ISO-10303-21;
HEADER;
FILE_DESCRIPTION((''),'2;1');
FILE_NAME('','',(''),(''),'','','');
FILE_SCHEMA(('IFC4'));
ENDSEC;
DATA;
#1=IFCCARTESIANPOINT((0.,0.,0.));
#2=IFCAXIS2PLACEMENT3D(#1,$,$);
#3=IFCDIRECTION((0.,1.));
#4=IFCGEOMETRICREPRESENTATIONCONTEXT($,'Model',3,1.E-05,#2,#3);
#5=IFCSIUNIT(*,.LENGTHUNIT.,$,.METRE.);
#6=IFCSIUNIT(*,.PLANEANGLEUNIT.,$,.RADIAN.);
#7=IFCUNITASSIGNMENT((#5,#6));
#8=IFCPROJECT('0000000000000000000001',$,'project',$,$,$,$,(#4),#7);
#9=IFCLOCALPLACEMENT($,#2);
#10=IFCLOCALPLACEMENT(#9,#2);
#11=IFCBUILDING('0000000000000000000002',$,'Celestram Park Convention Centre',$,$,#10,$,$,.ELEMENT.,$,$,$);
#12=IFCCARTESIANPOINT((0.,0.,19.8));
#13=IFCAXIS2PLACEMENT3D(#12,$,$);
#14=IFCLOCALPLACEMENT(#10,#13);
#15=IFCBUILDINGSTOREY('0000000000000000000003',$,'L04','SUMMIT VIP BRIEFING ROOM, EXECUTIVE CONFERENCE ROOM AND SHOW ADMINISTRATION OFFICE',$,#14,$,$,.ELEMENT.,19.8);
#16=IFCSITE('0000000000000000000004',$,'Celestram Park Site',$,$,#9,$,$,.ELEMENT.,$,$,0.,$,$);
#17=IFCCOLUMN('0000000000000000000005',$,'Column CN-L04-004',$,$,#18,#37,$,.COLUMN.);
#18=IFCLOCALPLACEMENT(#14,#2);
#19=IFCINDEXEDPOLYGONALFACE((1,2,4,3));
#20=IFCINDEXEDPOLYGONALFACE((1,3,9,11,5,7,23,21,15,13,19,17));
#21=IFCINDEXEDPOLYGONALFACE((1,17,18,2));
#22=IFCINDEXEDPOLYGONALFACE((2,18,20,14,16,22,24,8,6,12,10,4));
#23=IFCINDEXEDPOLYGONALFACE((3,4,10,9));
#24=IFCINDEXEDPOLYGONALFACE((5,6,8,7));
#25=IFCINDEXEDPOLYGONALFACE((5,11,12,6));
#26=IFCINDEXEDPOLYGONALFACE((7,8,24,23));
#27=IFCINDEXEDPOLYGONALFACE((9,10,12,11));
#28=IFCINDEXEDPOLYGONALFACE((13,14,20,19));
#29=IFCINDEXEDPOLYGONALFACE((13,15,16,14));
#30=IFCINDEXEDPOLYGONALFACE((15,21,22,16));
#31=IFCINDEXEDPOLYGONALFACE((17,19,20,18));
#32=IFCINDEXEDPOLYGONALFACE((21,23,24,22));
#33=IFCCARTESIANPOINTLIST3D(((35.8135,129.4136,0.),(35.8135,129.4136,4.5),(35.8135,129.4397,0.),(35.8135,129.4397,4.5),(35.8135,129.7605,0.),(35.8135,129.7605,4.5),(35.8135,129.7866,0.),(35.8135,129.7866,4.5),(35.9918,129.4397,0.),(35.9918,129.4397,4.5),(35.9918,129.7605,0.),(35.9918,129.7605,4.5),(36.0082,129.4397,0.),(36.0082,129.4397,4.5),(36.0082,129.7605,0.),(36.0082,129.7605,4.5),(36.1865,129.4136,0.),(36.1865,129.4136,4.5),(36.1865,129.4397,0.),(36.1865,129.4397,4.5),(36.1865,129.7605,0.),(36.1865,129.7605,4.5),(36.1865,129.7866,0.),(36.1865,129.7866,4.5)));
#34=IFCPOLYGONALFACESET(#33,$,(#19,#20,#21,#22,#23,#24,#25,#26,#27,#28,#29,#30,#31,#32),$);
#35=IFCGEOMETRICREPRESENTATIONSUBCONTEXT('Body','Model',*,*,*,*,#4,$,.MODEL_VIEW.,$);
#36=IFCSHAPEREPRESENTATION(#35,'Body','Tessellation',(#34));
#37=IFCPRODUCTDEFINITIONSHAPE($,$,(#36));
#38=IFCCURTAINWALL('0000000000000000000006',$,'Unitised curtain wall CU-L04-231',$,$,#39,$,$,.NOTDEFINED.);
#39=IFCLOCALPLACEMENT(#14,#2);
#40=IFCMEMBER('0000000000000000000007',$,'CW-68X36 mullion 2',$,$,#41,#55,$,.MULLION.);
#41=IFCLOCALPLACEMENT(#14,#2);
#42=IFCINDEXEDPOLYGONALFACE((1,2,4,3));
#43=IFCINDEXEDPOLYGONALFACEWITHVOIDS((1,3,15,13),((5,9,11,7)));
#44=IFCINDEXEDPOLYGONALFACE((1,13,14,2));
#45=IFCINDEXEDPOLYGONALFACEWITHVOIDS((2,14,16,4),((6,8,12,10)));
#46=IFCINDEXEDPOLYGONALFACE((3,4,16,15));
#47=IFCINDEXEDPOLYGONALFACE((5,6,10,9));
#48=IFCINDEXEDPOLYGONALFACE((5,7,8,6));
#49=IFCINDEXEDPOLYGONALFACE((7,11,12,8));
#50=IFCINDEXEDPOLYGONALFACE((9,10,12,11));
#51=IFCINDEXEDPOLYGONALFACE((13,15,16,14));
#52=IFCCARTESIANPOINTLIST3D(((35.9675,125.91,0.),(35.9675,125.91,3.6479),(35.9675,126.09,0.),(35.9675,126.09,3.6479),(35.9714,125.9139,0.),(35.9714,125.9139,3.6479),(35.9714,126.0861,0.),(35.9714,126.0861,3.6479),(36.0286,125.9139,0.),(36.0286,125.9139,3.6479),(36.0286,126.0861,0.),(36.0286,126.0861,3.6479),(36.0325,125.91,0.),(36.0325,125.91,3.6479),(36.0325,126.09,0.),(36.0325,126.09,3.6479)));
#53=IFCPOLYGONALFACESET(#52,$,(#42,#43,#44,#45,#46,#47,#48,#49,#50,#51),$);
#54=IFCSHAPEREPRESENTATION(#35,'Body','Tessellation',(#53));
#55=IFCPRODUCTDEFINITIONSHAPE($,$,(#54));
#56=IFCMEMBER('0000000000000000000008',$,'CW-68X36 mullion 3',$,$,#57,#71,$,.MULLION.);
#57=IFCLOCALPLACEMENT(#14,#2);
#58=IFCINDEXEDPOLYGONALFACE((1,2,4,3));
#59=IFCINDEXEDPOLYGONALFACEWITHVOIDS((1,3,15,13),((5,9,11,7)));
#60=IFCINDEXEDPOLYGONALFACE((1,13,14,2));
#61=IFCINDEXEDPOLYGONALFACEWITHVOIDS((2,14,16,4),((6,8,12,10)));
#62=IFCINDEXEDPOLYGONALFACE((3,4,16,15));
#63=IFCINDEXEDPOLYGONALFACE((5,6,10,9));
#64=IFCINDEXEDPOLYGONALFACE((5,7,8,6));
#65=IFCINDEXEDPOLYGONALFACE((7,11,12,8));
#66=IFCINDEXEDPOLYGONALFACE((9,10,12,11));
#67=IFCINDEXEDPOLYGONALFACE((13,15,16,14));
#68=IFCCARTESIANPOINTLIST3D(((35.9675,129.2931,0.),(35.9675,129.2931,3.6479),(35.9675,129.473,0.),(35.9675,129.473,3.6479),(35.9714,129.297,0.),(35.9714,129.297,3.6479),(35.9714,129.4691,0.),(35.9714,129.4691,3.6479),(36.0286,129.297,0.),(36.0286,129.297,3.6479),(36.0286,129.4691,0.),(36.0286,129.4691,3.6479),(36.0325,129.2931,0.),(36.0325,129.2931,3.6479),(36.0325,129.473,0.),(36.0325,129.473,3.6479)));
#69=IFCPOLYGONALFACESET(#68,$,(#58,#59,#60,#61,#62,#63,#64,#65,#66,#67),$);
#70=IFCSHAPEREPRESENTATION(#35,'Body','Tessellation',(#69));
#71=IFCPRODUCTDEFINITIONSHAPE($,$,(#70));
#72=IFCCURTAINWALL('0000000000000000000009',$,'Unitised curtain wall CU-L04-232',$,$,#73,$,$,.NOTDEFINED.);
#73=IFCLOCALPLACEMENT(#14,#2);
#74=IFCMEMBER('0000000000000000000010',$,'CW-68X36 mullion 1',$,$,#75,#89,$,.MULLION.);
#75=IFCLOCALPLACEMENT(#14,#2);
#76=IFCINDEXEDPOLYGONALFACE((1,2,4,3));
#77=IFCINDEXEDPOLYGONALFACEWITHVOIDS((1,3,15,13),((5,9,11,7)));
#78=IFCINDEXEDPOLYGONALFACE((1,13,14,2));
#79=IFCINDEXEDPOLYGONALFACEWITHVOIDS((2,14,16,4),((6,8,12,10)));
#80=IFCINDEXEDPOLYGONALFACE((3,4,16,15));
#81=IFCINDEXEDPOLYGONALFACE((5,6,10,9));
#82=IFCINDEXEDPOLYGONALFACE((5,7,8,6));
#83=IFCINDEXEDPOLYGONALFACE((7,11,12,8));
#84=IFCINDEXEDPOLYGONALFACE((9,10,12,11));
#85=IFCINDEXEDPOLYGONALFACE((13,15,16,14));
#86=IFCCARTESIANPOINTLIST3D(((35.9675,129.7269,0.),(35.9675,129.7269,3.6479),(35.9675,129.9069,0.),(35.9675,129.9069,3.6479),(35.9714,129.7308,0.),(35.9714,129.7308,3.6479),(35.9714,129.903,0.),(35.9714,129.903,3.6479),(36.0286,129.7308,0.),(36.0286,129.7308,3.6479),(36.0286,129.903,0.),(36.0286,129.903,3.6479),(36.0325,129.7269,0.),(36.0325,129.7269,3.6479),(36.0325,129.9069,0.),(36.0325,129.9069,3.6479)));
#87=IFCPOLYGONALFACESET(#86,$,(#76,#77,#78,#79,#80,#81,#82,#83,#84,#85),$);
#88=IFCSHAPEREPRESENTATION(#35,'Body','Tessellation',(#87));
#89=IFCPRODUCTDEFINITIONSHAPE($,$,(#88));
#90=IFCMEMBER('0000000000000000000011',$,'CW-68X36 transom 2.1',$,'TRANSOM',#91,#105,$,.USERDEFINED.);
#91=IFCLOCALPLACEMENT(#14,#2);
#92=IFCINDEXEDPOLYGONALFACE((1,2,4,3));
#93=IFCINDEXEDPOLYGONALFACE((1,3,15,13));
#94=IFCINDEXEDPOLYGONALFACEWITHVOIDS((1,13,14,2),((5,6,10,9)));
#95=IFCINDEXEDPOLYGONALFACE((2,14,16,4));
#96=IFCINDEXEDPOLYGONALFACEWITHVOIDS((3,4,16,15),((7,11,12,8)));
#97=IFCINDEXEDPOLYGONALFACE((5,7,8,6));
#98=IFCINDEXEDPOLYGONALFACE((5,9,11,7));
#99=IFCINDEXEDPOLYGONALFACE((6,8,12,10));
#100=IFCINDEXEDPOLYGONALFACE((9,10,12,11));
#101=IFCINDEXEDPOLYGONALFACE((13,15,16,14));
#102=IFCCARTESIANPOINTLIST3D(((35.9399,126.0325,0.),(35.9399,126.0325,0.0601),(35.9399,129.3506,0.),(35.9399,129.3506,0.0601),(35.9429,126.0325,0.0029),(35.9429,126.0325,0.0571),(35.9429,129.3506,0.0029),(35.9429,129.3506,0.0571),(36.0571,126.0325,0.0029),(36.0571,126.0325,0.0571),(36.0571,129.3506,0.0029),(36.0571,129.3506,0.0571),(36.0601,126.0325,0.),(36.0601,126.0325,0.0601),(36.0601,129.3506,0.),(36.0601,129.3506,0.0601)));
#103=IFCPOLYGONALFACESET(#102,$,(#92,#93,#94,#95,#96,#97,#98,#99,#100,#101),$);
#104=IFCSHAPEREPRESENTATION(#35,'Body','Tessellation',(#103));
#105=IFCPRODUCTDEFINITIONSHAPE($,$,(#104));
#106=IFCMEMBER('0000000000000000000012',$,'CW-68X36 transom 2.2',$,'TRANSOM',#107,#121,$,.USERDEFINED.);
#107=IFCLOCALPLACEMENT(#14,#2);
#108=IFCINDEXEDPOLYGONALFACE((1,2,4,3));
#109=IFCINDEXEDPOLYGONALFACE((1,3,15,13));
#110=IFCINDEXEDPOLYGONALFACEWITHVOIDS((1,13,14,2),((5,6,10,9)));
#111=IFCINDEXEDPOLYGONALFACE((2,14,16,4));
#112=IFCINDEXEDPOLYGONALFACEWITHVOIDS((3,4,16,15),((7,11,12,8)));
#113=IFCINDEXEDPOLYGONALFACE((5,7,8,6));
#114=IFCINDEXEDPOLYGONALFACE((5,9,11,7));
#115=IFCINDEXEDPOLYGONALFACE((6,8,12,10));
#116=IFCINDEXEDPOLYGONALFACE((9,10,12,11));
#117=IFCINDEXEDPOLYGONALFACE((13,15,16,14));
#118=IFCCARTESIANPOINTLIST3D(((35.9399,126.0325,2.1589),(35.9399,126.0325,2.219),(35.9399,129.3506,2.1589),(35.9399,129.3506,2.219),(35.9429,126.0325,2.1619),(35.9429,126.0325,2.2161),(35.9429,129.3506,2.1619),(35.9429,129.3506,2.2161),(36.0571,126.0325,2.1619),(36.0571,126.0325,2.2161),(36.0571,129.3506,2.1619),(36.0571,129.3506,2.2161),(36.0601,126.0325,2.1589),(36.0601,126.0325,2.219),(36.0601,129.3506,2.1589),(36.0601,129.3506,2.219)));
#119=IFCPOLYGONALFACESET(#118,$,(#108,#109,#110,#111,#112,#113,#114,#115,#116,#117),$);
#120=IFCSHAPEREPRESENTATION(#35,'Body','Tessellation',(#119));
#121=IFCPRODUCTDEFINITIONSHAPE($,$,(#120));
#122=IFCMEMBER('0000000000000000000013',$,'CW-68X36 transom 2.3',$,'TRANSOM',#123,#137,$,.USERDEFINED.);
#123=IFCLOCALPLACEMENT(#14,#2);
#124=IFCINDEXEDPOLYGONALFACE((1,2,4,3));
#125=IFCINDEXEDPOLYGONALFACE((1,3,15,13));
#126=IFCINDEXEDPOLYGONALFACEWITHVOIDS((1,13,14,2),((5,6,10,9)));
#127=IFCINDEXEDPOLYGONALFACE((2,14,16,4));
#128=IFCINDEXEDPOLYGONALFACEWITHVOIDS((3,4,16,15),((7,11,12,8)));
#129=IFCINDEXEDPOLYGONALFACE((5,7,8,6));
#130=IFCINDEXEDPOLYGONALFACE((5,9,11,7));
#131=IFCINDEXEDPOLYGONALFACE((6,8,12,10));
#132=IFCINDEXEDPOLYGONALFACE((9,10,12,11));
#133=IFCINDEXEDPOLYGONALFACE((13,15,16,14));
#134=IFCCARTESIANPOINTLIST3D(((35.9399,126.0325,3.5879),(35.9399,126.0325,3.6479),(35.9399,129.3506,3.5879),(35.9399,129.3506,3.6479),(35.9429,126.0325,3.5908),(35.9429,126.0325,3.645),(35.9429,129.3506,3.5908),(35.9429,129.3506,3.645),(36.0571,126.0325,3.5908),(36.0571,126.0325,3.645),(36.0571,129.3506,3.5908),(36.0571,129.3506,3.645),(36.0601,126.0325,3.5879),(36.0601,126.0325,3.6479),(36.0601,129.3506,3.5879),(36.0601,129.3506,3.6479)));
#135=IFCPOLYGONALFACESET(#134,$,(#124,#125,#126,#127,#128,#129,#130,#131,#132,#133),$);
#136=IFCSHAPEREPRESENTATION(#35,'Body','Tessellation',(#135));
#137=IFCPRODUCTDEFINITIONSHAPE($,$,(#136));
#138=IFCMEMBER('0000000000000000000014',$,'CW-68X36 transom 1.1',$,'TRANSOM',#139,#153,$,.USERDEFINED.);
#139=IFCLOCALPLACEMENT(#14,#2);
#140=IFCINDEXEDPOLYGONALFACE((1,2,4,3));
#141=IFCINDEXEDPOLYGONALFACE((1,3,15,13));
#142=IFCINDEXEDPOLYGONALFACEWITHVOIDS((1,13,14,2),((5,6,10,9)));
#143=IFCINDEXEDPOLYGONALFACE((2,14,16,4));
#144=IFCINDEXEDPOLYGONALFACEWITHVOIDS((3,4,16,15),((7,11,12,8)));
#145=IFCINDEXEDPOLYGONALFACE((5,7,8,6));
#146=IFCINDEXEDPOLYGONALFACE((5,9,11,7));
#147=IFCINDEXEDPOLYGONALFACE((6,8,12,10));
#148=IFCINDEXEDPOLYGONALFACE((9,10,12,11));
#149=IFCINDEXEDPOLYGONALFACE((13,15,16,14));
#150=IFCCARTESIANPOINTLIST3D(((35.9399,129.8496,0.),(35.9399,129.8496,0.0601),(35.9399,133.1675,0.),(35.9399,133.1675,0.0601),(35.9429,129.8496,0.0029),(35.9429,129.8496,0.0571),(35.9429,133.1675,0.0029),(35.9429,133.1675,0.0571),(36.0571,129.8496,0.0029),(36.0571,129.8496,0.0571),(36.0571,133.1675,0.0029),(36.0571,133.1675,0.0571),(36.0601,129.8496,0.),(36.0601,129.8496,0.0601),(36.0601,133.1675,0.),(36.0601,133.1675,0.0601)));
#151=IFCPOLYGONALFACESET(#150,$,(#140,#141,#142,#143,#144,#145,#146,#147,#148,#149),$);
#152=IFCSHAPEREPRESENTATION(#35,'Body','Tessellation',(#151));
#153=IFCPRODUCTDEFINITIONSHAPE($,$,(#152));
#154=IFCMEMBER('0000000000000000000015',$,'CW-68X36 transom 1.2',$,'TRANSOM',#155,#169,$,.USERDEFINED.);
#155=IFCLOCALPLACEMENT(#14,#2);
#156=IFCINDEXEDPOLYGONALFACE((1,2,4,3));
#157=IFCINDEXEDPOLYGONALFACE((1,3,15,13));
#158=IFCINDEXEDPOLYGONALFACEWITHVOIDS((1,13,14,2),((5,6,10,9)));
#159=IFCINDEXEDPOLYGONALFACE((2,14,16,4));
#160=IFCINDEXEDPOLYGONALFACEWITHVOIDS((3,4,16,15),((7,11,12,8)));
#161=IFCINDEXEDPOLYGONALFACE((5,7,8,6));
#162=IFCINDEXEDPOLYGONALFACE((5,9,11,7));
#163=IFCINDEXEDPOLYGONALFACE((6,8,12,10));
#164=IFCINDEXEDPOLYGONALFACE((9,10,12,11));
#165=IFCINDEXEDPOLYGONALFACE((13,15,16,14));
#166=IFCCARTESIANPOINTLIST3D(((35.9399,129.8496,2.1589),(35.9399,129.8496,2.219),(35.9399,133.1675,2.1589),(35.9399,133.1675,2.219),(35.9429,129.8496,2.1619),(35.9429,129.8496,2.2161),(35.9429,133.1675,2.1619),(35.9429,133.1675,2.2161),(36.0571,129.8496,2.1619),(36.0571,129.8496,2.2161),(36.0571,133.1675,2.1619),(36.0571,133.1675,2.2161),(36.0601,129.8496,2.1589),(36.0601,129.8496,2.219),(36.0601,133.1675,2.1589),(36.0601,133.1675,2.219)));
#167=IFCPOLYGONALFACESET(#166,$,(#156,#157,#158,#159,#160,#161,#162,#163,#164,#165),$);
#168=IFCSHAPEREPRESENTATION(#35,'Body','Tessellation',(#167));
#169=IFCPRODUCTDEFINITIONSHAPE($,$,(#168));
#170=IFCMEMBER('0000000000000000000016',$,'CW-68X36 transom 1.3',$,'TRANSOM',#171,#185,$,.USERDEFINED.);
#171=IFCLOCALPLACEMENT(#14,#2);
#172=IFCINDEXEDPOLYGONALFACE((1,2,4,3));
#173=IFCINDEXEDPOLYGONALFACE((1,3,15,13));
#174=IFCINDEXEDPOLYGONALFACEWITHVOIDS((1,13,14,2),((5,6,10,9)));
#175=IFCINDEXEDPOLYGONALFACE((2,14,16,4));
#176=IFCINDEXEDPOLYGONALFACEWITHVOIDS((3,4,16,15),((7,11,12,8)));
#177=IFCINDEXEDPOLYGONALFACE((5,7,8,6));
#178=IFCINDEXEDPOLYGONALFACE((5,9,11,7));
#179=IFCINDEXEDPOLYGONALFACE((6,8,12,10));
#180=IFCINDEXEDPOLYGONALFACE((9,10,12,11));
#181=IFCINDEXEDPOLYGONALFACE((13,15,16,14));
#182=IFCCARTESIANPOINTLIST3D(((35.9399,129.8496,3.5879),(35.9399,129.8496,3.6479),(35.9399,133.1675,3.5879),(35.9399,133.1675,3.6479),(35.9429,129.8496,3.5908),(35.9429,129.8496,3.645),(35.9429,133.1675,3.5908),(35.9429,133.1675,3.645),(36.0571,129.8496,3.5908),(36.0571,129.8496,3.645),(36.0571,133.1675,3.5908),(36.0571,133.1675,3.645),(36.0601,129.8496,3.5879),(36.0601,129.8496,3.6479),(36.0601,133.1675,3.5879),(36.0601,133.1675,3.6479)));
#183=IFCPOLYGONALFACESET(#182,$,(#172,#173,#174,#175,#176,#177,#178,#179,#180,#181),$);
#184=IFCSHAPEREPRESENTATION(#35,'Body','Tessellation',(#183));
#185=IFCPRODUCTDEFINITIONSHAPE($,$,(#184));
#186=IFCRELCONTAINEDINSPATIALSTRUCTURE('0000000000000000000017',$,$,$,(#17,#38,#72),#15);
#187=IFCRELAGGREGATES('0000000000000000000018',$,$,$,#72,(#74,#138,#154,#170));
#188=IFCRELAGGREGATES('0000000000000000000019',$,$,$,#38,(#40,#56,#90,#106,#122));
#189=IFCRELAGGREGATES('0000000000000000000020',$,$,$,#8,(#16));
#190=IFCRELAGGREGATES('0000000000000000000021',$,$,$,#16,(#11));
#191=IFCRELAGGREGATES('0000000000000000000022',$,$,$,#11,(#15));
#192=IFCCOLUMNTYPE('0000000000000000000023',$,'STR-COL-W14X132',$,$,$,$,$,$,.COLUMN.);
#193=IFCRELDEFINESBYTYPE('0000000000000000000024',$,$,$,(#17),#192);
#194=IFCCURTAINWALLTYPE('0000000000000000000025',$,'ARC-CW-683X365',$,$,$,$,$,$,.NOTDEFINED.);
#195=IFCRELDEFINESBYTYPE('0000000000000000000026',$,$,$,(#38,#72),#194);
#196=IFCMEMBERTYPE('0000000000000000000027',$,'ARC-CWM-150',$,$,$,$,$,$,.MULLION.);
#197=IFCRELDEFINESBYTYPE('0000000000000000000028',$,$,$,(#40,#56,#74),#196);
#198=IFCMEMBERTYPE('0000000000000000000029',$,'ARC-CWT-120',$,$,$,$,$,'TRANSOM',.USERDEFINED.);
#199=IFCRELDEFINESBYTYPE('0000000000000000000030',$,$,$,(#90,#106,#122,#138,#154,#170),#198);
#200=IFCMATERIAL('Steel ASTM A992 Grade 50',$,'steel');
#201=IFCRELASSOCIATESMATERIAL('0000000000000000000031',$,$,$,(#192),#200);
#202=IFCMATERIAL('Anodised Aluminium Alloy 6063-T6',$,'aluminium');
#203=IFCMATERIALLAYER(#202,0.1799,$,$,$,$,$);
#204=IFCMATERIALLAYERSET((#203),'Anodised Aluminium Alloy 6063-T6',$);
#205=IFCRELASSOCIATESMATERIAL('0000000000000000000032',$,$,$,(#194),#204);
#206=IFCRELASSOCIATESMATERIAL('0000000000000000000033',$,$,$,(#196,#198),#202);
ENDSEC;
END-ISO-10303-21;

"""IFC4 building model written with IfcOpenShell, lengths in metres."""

from ifc_helpers import new_model, si_unit, direction, frame, origin, origin_2d, place, context, subcontext, project, spatial, hollow_rectangle, i_section, extrude, material, layer, layer_set, material_profile, profile_set, type_object, element, aggregate, save


model = new_model("IFC4")

# Units and contexts
model_context = context("Model", 3, precision=1e-05, world=origin(), true_north=direction((0.0, 1.0)))
body_context = subcontext(model_context, "Body", "Model", "MODEL_VIEW")
ifc_project = project(units=[si_unit("LENGTHUNIT", "METRE"), si_unit("PLANEANGLEUNIT", "RADIAN")], contexts=[model_context])

# Site, building, storey
site_placement = place(None, origin())
site = spatial("IfcSite", under=ifc_project, at=site_placement, Name="Celestram Park Site", CompositionType="ELEMENT", RefElevation=0.0)
building_placement = place(site_placement, origin())
building = spatial("IfcBuilding", under=site, at=building_placement, Name="Celestram Park Convention Centre", CompositionType="ELEMENT")
storey_placement = place(building_placement, frame((0.0, 0.0, 19.8)))
storey = spatial("IfcBuildingStorey", under=building, at=storey_placement, Name="L04", Description="SUMMIT VIP BRIEFING ROOM, EXECUTIVE CONFERENCE ROOM AND SHOW ADMINISTRATION OFFICE", CompositionType="ELEMENT", Elevation=19.8)

# Column
ifc_material_1 = material(Name="Steel ASTM A992 Grade 50", Category="steel")
ifc_material_profile_1 = material_profile(ifc_material_1, i_section(OverallWidth=0.373, OverallDepth=0.373, WebThickness=0.0164, FlangeThickness=0.0261, at=origin_2d()), Name="W14X132")
ifc_profile_set_1 = profile_set([ifc_material_profile_1], Name="Steel ASTM A992 Grade 50")
column_type = type_object("IfcColumnType", Name="STR-COL-W14X132", PredefinedType="COLUMN", material=ifc_profile_set_1)
column_placement = place(storey_placement, frame((36.0, 129.6001, 0.0), z_axis=(0.0, 0.0, 1.0), x_axis=(1.0, 0.0, 0.0)))
element("IfcColumn", 1, at=column_placement, inside=storey, type_object=column_type, Name="Column CN-L04-004", PredefinedType="COLUMN", context=body_context, shape_type="SweptSolid", body=[
    extrude(i_section(OverallWidth=0.373, OverallDepth=0.373, WebThickness=0.0164, FlangeThickness=0.0261, at=origin_2d()), origin(), (0.0, 0.0, 1.0), 4.5),
])

# Curtain wall, members
ifc_material_2 = material(Name="Anodised Aluminium Alloy 6063-T6", Category="aluminium")
ifc_layer_1 = layer(ifc_material_2, 0.1799)
ifc_layer_set_1 = layer_set([ifc_layer_1], Name="Anodised Aluminium Alloy 6063-T6")
curtain_wall_type = type_object("IfcCurtainWallType", Name="ARC-CW-683X365", PredefinedType="NOTDEFINED", material=ifc_layer_set_1)
curtain_wall_1_placement = place(storey_placement, origin())
curtain_wall_1 = element("IfcCurtainWall", 2, at=curtain_wall_1_placement, inside=storey, type_object=curtain_wall_type, Name="Unitised curtain wall CU-L04-231", PredefinedType="NOTDEFINED")
ifc_material_profile_2 = material_profile(ifc_material_2, hollow_rectangle(XDim=0.0649, YDim=0.1799, WallThickness=0.0039, at=origin_2d()), Name="ALU65X180X4")
ifc_profile_set_2 = profile_set([ifc_material_profile_2], Name="Anodised Aluminium Alloy 6063-T6")
member_type_1 = type_object("IfcMemberType", Name="ARC-CWM-150", PredefinedType="MULLION", material=ifc_profile_set_2)
member_1_placement = place(storey_placement, frame((36.0, 126.0, 0.0), z_axis=(0.0, 0.0, 1.0), x_axis=(-1.0, 0.0, 0.0)))
member_1 = element("IfcMember", 3, at=member_1_placement, type_object=member_type_1, Name="CW-68X36 mullion 2", PredefinedType="MULLION", context=body_context, shape_type="SweptSolid", body=[
    extrude(hollow_rectangle(XDim=0.0649, YDim=0.1799, WallThickness=0.0039, at=origin_2d()), origin(), (0.0, 0.0, 1.0), 3.6479),
])
member_2_placement = place(storey_placement, frame((36.0, 129.3831, 0.0), z_axis=(0.0, 0.0, 1.0), x_axis=(-1.0, 0.0, 0.0)))
member_2 = element("IfcMember", 4, at=member_2_placement, type_object=member_type_1, Name="CW-68X36 mullion 3", PredefinedType="MULLION", context=body_context, shape_type="SweptSolid", body=[
    extrude(hollow_rectangle(XDim=0.0649, YDim=0.1799, WallThickness=0.0039, at=origin_2d()), origin(), (0.0, 0.0, 1.0), 3.6479),
])

# Curtain wall, member
curtain_wall_2_placement = place(storey_placement, origin())
curtain_wall_2 = element("IfcCurtainWall", 5, at=curtain_wall_2_placement, inside=storey, type_object=curtain_wall_type, Name="Unitised curtain wall CU-L04-232", PredefinedType="NOTDEFINED")
member_3_placement = place(storey_placement, frame((36.0, 129.8169, 0.0), z_axis=(0.0, 0.0, 1.0), x_axis=(-1.0, 0.0, 0.0)))
member_3 = element("IfcMember", 6, at=member_3_placement, type_object=member_type_1, Name="CW-68X36 mullion 1", PredefinedType="MULLION", context=body_context, shape_type="SweptSolid", body=[
    extrude(hollow_rectangle(XDim=0.0649, YDim=0.1799, WallThickness=0.0039, at=origin_2d()), origin(), (0.0, 0.0, 1.0), 3.6479),
])

# Members
ifc_material_profile_3 = material_profile(ifc_material_2, hollow_rectangle(XDim=0.1201, YDim=0.0601, WallThickness=0.0029, at=origin_2d()), Name="ALU120X60X3")
ifc_profile_set_3 = profile_set([ifc_material_profile_3], Name="Anodised Aluminium Alloy 6063-T6")
member_type_2 = type_object("IfcMemberType", Name="ARC-CWT-120", ElementType="TRANSOM", PredefinedType="USERDEFINED", material=ifc_profile_set_3)
member_4_placement = place(storey_placement, frame((36.0, 126.0325, 0.03), z_axis=(0.0, 1.0, 0.0), x_axis=(-1.0, 0.0, 0.0)))
member_4 = element("IfcMember", 7, at=member_4_placement, type_object=member_type_2, Name="CW-68X36 transom 2.1", ObjectType="TRANSOM", PredefinedType="USERDEFINED", context=body_context, shape_type="SweptSolid", body=[
    extrude(hollow_rectangle(XDim=0.1201, YDim=0.0601, WallThickness=0.0029, at=origin_2d()), origin(), (0.0, 0.0, 1.0), 3.3181),
])
member_5_placement = place(storey_placement, frame((36.0, 126.0325, 2.189), z_axis=(0.0, 1.0, 0.0), x_axis=(-1.0, 0.0, 0.0)))
member_5 = element("IfcMember", 8, at=member_5_placement, type_object=member_type_2, Name="CW-68X36 transom 2.2", ObjectType="TRANSOM", PredefinedType="USERDEFINED", context=body_context, shape_type="SweptSolid", body=[
    extrude(hollow_rectangle(XDim=0.1201, YDim=0.0601, WallThickness=0.0029, at=origin_2d()), origin(), (0.0, 0.0, 1.0), 3.3181),
])
member_6_placement = place(storey_placement, frame((36.0, 126.0325, 3.6179), z_axis=(0.0, 1.0, 0.0), x_axis=(-1.0, 0.0, 0.0)))
member_6 = element("IfcMember", 9, at=member_6_placement, type_object=member_type_2, Name="CW-68X36 transom 2.3", ObjectType="TRANSOM", PredefinedType="USERDEFINED", context=body_context, shape_type="SweptSolid", body=[
    extrude(hollow_rectangle(XDim=0.1201, YDim=0.0601, WallThickness=0.0029, at=origin_2d()), origin(), (0.0, 0.0, 1.0), 3.3181),
])
member_7_placement = place(storey_placement, frame((36.0, 129.8496, 0.03), z_axis=(0.0, 1.0, 0.0), x_axis=(-1.0, 0.0, 0.0)))
member_7 = element("IfcMember", 10, at=member_7_placement, type_object=member_type_2, Name="CW-68X36 transom 1.1", ObjectType="TRANSOM", PredefinedType="USERDEFINED", context=body_context, shape_type="SweptSolid", body=[
    extrude(hollow_rectangle(XDim=0.1201, YDim=0.0601, WallThickness=0.0029, at=origin_2d()), origin(), (0.0, 0.0, 1.0), 3.3179),
])
member_8_placement = place(storey_placement, frame((36.0, 129.8496, 2.189), z_axis=(0.0, 1.0, 0.0), x_axis=(-1.0, 0.0, 0.0)))
member_8 = element("IfcMember", 11, at=member_8_placement, type_object=member_type_2, Name="CW-68X36 transom 1.2", ObjectType="TRANSOM", PredefinedType="USERDEFINED", context=body_context, shape_type="SweptSolid", body=[
    extrude(hollow_rectangle(XDim=0.1201, YDim=0.0601, WallThickness=0.0029, at=origin_2d()), origin(), (0.0, 0.0, 1.0), 3.3179),
])
member_9_placement = place(storey_placement, frame((36.0, 129.8496, 3.6179), z_axis=(0.0, 1.0, 0.0), x_axis=(-1.0, 0.0, 0.0)))
member_9 = element("IfcMember", 12, at=member_9_placement, type_object=member_type_2, Name="CW-68X36 transom 1.3", ObjectType="TRANSOM", PredefinedType="USERDEFINED", context=body_context, shape_type="SweptSolid", body=[
    extrude(hollow_rectangle(XDim=0.1201, YDim=0.0601, WallThickness=0.0029, at=origin_2d()), origin(), (0.0, 0.0, 1.0), 3.3179),
])
aggregate(curtain_wall_2, [member_3, member_7, member_8, member_9])

aggregate(curtain_wall_1, [member_1, member_2, member_4, member_5, member_6])

save(model, "model.ifc")
